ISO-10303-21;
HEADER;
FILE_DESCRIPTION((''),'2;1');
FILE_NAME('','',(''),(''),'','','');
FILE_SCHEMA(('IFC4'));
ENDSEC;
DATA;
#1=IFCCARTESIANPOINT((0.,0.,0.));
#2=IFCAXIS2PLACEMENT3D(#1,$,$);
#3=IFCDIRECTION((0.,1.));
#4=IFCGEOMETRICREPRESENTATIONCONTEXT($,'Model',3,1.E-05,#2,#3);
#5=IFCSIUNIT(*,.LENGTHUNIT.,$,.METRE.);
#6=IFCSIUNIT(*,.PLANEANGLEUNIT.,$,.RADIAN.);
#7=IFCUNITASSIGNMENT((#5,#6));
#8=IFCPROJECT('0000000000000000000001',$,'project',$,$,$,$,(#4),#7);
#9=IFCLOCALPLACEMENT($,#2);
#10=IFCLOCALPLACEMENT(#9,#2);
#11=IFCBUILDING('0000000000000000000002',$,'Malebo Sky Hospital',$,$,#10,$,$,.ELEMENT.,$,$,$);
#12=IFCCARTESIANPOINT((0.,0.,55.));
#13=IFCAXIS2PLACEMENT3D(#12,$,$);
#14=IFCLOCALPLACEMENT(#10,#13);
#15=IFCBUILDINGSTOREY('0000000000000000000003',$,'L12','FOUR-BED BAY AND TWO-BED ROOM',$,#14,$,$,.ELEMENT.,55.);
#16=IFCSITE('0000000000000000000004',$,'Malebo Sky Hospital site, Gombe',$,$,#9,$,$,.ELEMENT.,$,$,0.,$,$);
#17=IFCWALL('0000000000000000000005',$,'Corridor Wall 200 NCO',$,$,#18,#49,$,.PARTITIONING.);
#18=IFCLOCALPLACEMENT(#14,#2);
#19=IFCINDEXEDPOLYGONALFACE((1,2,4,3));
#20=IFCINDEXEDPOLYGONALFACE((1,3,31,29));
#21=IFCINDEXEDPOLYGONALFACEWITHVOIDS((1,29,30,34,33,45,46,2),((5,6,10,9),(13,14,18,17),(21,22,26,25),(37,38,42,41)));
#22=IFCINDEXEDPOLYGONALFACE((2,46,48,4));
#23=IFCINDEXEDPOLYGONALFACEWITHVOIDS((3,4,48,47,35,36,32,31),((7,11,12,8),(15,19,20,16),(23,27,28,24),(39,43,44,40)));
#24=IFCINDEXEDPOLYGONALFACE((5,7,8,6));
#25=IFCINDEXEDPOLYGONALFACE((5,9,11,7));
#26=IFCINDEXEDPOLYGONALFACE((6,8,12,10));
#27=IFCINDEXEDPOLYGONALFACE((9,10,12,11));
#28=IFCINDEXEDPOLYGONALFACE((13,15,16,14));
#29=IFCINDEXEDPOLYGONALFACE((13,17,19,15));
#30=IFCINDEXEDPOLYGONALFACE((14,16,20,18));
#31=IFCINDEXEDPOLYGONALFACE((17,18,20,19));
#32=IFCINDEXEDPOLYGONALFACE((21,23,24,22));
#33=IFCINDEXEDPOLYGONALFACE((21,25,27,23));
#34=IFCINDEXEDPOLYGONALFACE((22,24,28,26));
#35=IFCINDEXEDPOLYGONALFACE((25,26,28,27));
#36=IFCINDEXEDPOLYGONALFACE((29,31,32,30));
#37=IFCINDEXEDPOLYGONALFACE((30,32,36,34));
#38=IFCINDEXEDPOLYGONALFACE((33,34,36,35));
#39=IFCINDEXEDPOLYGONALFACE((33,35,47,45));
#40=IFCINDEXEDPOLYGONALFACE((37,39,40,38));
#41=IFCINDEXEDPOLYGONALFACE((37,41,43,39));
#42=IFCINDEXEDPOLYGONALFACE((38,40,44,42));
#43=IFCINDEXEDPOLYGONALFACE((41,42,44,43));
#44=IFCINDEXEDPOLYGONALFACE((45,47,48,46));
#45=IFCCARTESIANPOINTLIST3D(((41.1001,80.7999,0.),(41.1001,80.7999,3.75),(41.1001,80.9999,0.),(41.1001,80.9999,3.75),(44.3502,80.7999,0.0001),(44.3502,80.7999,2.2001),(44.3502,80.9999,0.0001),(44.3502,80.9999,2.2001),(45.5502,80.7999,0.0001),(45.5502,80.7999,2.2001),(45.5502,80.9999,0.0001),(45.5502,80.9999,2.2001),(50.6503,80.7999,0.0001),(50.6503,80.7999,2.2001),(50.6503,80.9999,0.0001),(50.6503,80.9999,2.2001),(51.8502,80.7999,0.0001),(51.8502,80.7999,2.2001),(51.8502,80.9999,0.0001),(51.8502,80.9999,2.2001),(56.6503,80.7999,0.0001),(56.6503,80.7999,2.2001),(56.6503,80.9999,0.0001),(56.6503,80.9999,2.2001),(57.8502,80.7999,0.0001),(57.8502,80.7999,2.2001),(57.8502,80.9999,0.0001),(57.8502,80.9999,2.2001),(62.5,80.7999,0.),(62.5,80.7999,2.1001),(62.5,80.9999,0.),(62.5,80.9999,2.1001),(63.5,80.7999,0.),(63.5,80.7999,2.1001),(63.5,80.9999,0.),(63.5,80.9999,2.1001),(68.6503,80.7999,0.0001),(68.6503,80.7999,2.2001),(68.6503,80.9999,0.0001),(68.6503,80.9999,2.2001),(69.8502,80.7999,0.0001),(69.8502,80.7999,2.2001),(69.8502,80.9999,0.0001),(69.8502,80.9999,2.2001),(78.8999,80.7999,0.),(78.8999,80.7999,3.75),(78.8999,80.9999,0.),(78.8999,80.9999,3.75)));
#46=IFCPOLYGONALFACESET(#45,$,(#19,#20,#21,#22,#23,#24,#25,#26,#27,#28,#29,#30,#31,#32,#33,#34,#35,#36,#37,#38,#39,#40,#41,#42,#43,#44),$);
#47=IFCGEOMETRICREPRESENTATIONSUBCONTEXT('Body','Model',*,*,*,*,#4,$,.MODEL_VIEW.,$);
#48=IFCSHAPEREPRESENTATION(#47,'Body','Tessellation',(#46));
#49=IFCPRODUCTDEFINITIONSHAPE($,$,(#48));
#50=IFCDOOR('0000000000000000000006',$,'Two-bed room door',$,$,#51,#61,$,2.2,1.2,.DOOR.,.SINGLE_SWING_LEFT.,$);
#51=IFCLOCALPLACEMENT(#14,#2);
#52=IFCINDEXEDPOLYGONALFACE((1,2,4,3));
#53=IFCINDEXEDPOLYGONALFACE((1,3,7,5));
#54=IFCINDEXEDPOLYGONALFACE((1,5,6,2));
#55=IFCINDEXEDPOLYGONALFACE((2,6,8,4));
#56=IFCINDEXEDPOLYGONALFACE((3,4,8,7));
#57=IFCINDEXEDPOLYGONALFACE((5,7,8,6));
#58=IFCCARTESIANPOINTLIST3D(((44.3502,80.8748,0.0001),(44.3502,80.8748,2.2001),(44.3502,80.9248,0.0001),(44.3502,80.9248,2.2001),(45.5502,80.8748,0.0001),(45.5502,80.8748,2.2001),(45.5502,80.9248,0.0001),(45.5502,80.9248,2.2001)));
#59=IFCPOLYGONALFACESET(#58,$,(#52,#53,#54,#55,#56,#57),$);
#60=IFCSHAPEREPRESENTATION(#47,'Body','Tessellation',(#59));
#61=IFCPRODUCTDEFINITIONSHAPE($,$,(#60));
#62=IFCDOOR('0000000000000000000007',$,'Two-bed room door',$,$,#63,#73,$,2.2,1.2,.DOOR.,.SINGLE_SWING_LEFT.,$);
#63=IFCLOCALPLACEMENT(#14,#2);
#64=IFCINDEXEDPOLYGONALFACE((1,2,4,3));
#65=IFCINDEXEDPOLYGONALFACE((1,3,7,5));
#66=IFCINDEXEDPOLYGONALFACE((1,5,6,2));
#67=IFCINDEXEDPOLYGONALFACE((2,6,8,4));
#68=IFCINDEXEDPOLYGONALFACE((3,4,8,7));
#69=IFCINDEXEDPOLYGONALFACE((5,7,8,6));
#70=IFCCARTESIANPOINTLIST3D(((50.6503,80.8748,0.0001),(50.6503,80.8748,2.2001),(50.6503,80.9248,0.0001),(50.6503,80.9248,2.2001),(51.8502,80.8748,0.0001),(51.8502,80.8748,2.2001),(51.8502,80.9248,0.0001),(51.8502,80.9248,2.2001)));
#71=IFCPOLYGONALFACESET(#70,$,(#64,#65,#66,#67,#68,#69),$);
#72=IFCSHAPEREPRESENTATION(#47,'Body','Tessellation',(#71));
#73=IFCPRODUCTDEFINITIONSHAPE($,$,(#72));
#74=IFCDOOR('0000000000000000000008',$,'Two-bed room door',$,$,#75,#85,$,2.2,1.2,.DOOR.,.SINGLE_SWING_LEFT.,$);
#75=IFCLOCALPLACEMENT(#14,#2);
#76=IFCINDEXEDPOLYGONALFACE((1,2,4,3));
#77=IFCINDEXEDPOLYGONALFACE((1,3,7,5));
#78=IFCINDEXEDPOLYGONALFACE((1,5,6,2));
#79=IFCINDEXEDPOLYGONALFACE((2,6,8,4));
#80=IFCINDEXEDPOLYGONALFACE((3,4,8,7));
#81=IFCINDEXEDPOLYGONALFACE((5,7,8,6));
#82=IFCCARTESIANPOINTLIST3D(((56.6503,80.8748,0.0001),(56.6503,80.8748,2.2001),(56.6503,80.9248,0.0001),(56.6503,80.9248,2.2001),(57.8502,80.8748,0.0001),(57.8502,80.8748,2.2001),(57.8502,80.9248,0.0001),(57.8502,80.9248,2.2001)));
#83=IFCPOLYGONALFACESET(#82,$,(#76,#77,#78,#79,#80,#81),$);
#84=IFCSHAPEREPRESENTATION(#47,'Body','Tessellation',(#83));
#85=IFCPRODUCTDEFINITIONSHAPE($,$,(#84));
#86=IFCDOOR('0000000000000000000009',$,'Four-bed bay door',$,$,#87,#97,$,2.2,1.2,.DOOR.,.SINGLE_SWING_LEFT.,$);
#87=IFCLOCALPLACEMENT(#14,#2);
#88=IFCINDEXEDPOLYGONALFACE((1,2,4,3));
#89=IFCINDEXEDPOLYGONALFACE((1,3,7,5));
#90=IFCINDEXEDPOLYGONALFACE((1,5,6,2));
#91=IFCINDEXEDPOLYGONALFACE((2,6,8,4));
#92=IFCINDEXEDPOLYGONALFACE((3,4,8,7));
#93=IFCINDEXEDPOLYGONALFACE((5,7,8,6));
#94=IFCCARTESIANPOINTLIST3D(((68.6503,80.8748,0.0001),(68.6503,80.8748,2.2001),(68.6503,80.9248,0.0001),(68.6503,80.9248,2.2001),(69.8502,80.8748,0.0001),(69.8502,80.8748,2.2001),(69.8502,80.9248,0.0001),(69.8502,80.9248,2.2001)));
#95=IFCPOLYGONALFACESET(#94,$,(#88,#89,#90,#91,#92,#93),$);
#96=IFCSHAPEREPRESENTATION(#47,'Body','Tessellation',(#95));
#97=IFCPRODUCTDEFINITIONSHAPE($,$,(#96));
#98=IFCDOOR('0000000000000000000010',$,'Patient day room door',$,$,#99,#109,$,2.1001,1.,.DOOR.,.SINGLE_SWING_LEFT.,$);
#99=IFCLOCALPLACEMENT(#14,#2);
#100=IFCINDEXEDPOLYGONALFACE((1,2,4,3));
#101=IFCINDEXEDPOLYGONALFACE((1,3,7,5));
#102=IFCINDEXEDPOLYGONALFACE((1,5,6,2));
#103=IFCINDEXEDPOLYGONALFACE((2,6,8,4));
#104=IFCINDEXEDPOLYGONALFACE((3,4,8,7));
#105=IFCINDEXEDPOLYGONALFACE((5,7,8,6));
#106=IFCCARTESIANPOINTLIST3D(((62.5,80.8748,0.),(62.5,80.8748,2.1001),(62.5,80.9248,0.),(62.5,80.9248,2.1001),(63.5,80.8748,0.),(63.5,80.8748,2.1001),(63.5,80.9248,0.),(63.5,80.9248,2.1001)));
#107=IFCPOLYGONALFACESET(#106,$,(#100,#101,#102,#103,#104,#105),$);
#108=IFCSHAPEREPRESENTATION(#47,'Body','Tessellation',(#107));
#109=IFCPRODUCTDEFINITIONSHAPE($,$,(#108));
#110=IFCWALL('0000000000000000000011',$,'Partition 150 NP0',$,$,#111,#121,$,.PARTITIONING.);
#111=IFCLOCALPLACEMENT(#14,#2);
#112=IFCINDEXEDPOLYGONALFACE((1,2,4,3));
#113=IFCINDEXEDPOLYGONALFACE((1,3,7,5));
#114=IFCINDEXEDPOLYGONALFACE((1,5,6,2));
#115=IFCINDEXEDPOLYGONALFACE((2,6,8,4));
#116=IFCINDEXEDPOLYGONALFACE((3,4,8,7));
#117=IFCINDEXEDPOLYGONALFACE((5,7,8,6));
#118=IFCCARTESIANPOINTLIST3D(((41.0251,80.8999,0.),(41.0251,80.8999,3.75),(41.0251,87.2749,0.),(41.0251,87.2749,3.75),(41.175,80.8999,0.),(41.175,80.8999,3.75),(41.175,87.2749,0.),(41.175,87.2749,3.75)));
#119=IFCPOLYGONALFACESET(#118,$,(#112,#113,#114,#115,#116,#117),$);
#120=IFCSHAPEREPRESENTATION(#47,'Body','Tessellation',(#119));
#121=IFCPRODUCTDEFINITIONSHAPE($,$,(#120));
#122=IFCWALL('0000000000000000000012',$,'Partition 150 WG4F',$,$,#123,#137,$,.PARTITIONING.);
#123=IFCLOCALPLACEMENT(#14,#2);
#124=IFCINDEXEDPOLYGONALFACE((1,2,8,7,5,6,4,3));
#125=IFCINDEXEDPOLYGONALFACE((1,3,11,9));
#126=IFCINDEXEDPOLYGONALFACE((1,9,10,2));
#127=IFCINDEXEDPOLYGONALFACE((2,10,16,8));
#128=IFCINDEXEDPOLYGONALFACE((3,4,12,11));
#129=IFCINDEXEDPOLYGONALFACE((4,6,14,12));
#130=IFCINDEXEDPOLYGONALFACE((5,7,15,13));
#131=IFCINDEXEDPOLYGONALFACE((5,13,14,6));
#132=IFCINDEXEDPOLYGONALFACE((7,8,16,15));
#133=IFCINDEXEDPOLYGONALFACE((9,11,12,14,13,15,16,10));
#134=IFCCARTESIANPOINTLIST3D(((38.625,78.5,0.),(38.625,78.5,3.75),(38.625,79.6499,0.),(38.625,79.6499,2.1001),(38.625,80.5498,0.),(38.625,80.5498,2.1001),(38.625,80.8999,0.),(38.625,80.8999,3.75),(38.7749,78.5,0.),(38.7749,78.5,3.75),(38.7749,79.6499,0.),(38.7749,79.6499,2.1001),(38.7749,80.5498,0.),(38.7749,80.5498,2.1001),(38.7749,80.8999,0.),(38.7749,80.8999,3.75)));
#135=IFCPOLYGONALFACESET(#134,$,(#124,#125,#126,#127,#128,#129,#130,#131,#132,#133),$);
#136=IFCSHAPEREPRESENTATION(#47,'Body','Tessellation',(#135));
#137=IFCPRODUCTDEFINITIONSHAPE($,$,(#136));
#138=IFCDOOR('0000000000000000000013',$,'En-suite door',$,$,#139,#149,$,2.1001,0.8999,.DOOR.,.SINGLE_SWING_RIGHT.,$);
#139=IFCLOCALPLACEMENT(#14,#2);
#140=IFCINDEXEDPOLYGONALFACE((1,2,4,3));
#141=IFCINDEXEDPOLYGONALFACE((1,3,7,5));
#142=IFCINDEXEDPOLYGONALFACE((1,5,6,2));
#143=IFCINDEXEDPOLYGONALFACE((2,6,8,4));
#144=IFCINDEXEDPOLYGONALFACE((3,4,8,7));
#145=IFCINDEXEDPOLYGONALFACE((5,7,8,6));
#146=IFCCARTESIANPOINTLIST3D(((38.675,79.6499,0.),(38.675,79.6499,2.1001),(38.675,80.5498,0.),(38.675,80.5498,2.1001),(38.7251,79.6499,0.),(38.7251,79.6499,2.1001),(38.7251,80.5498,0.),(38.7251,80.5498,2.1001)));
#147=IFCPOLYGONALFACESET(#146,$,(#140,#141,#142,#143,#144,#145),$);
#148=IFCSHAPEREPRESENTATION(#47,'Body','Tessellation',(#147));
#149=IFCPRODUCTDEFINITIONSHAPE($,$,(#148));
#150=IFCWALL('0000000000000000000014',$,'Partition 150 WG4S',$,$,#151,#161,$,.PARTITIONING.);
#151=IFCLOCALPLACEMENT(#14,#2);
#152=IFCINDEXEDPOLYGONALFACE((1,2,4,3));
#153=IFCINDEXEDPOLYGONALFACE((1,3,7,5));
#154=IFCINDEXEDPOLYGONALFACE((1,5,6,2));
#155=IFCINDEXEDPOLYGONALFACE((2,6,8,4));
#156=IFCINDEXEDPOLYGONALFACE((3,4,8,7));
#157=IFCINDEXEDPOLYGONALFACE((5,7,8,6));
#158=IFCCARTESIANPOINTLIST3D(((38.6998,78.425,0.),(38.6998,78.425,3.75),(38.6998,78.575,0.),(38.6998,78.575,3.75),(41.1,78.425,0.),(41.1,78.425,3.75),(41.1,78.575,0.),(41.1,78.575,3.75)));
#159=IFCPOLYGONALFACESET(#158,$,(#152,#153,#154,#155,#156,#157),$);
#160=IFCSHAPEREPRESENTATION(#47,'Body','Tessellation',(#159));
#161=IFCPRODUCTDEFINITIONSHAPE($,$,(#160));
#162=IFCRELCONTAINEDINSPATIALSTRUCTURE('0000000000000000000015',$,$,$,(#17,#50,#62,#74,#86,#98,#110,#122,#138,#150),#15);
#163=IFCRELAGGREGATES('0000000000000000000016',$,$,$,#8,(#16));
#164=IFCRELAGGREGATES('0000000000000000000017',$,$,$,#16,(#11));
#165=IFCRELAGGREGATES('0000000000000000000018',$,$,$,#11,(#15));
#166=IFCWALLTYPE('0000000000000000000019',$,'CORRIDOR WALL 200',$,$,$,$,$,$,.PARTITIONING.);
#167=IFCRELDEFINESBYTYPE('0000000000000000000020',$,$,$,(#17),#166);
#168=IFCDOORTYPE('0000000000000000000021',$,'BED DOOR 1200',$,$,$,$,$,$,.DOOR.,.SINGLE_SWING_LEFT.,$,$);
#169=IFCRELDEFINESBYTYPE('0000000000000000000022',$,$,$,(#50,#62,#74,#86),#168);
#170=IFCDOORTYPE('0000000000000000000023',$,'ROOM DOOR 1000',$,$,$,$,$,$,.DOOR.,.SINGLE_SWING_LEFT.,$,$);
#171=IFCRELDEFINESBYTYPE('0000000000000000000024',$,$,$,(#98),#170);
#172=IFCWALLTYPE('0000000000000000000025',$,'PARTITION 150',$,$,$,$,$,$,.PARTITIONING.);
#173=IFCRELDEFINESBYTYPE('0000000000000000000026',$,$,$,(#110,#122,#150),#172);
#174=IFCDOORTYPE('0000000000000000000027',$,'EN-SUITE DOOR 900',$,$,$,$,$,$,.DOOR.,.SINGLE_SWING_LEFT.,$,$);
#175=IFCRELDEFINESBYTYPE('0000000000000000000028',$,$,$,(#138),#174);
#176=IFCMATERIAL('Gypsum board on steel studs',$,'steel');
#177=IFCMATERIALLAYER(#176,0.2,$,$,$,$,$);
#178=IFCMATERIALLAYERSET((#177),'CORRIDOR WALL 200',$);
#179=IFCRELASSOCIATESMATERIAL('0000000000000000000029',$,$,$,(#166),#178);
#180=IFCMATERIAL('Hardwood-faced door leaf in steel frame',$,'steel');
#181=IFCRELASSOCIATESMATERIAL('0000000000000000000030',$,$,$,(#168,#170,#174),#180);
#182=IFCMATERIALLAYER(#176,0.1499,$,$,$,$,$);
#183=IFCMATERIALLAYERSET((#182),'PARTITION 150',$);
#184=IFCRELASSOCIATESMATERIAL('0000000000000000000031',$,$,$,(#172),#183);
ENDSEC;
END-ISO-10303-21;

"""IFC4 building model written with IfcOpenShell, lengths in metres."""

from ifc_helpers import new_model, si_unit, direction, frame, frame_2d, origin, place, context, subcontext, project, spatial, rectangle, extrude, material, layer, layer_set, type_object, element, fill, save


model = new_model("IFC4")

# Units and contexts
model_context = context("Model", 3, precision=1e-05, world=origin(), true_north=direction((0.0, 1.0)))
body_context = subcontext(model_context, "Body", "Model", "MODEL_VIEW")
ifc_project = project(units=[si_unit("LENGTHUNIT", "METRE"), si_unit("PLANEANGLEUNIT", "RADIAN")], contexts=[model_context])

# Site, building, storey
site_placement = place(None, origin())
site = spatial("IfcSite", under=ifc_project, at=site_placement, Name="Malebo Sky Hospital site, Gombe", CompositionType="ELEMENT", RefElevation=0.0)
building_placement = place(site_placement, origin())
building = spatial("IfcBuilding", under=site, at=building_placement, Name="Malebo Sky Hospital", CompositionType="ELEMENT")
storey_placement = place(building_placement, frame((0.0, 0.0, 55.0)))
storey = spatial("IfcBuildingStorey", under=building, at=storey_placement, Name="L12", Description="FOUR-BED BAY AND TWO-BED ROOM", CompositionType="ELEMENT", Elevation=55.0)

# Wall, openings, doors
ifc_material_1 = material(Name="Gypsum board on steel studs", Category="steel")
ifc_layer_1 = layer(ifc_material_1, 0.2)
ifc_layer_set_1 = layer_set([ifc_layer_1], Name="CORRIDOR WALL 200")
wall_type_1 = type_object("IfcWallType", Name="CORRIDOR WALL 200", PredefinedType="PARTITIONING", material=ifc_layer_set_1)
wall_1_placement = place(storey_placement, frame((41.1001, 80.8999, 0.0), z_axis=(0.0, 0.0, 1.0), x_axis=(1.0, 0.0, 0.0)))
wall_1 = element("IfcWall", 1, at=wall_1_placement, inside=storey, type_object=wall_type_1, Name="Corridor Wall 200 NCO", PredefinedType="PARTITIONING", context=body_context, shape_type="SweptSolid", body=[
    extrude(rectangle(XDim=37.7998, YDim=0.2, at=frame_2d((18.8999, 0.0))), origin(), (0.0, 0.0, 1.0), 3.75),
])
opening_1_placement = place(wall_1_placement, frame((3.25, 0.0, 0.0)))
opening_1 = element("IfcOpeningElement", 2, at=opening_1_placement, cuts=wall_1, PredefinedType="OPENING", context=body_context, shape_type="SweptSolid", body=[
    extrude(rectangle(XDim=1.2, YDim=2.2, at=frame_2d((0.6001, 1.1001))), frame((0.0, 0.1099, 0.0), z_axis=(0.0, -1.0, 0.0), x_axis=(1.0, 0.0, 0.0)), (0.0, 0.0, 1.0), 0.22),
])
opening_2_placement = place(wall_1_placement, frame((9.55, 0.0, 0.0)))
opening_2 = element("IfcOpeningElement", 3, at=opening_2_placement, cuts=wall_1, PredefinedType="OPENING", context=body_context, shape_type="SweptSolid", body=[
    extrude(rectangle(XDim=1.2, YDim=2.2, at=frame_2d((0.6001, 1.1001))), frame((0.0, 0.1099, 0.0), z_axis=(0.0, -1.0, 0.0), x_axis=(1.0, 0.0, 0.0)), (0.0, 0.0, 1.0), 0.22),
])
opening_3_placement = place(wall_1_placement, frame((15.55, 0.0, 0.0)))
opening_3 = element("IfcOpeningElement", 4, at=opening_3_placement, cuts=wall_1, PredefinedType="OPENING", context=body_context, shape_type="SweptSolid", body=[
    extrude(rectangle(XDim=1.2, YDim=2.2, at=frame_2d((0.6001, 1.1001))), frame((0.0, 0.1099, 0.0), z_axis=(0.0, -1.0, 0.0), x_axis=(1.0, 0.0, 0.0)), (0.0, 0.0, 1.0), 0.22),
])
opening_4_placement = place(wall_1_placement, frame((21.3999, 0.0, 0.0)))
opening_4 = element("IfcOpeningElement", 5, at=opening_4_placement, cuts=wall_1, PredefinedType="OPENING", context=body_context, shape_type="SweptSolid", body=[
    extrude(rectangle(XDim=1.0, YDim=2.1001, at=frame_2d((0.5, 1.05))), frame((0.0, 0.1099, 0.0), z_axis=(0.0, -1.0, 0.0), x_axis=(1.0, 0.0, 0.0)), (0.0, 0.0, 1.0), 0.22),
])
opening_5_placement = place(wall_1_placement, frame((27.55, 0.0, 0.0)))
opening_5 = element("IfcOpeningElement", 6, at=opening_5_placement, cuts=wall_1, PredefinedType="OPENING", context=body_context, shape_type="SweptSolid", body=[
    extrude(rectangle(XDim=1.2, YDim=2.2, at=frame_2d((0.6001, 1.1001))), frame((0.0, 0.1099, 0.0), z_axis=(0.0, -1.0, 0.0), x_axis=(1.0, 0.0, 0.0)), (0.0, 0.0, 1.0), 0.22),
])
ifc_material_2 = material(Name="Hardwood-faced door leaf in steel frame", Category="steel")
door_type_1 = type_object("IfcDoorType", Name="BED DOOR 1200", OperationType="SINGLE_SWING_LEFT", PredefinedType="DOOR", material=ifc_material_2)
door_1_placement = place(opening_1_placement, origin())
door_1 = element("IfcDoor", 7, at=door_1_placement, inside=storey, type_object=door_type_1, Name="Two-bed room door", OperationType="SINGLE_SWING_LEFT", OverallHeight=2.2, OverallWidth=1.2, PredefinedType="DOOR", context=body_context, shape_type="SweptSolid", body=[
    extrude(rectangle(XDim=1.2, YDim=2.2, at=frame_2d((0.6001, 1.1001))), frame((0.0, 0.0249, 0.0), z_axis=(0.0, -1.0, 0.0), x_axis=(1.0, 0.0, 0.0)), (0.0, 0.0, 1.0), 0.05),
])
fill(opening_1, door_1)
door_2_placement = place(opening_2_placement, origin())
door_2 = element("IfcDoor", 8, at=door_2_placement, inside=storey, type_object=door_type_1, Name="Two-bed room door", OperationType="SINGLE_SWING_LEFT", OverallHeight=2.2, OverallWidth=1.2, PredefinedType="DOOR", context=body_context, shape_type="SweptSolid", body=[
    extrude(rectangle(XDim=1.2, YDim=2.2, at=frame_2d((0.6001, 1.1001))), frame((0.0, 0.0249, 0.0), z_axis=(0.0, -1.0, 0.0), x_axis=(1.0, 0.0, 0.0)), (0.0, 0.0, 1.0), 0.05),
])
fill(opening_2, door_2)
door_3_placement = place(opening_3_placement, origin())
door_3 = element("IfcDoor", 9, at=door_3_placement, inside=storey, type_object=door_type_1, Name="Two-bed room door", OperationType="SINGLE_SWING_LEFT", OverallHeight=2.2, OverallWidth=1.2, PredefinedType="DOOR", context=body_context, shape_type="SweptSolid", body=[
    extrude(rectangle(XDim=1.2, YDim=2.2, at=frame_2d((0.6001, 1.1001))), frame((0.0, 0.0249, 0.0), z_axis=(0.0, -1.0, 0.0), x_axis=(1.0, 0.0, 0.0)), (0.0, 0.0, 1.0), 0.05),
])
fill(opening_3, door_3)
door_4_placement = place(opening_5_placement, origin())
door_4 = element("IfcDoor", 10, at=door_4_placement, inside=storey, type_object=door_type_1, Name="Four-bed bay door", OperationType="SINGLE_SWING_LEFT", OverallHeight=2.2, OverallWidth=1.2, PredefinedType="DOOR", context=body_context, shape_type="SweptSolid", body=[
    extrude(rectangle(XDim=1.2, YDim=2.2, at=frame_2d((0.6001, 1.1001))), frame((0.0, 0.0249, 0.0), z_axis=(0.0, -1.0, 0.0), x_axis=(1.0, 0.0, 0.0)), (0.0, 0.0, 1.0), 0.05),
])
fill(opening_5, door_4)
door_type_2 = type_object("IfcDoorType", Name="ROOM DOOR 1000", OperationType="SINGLE_SWING_LEFT", PredefinedType="DOOR", material=ifc_material_2)
door_5_placement = place(opening_4_placement, origin())
door_5 = element("IfcDoor", 11, at=door_5_placement, inside=storey, type_object=door_type_2, Name="Patient day room door", OperationType="SINGLE_SWING_LEFT", OverallHeight=2.1001, OverallWidth=1.0, PredefinedType="DOOR", context=body_context, shape_type="SweptSolid", body=[
    extrude(rectangle(XDim=1.0, YDim=2.1001, at=frame_2d((0.5, 1.05))), frame((0.0, 0.0249, 0.0), z_axis=(0.0, -1.0, 0.0), x_axis=(1.0, 0.0, 0.0)), (0.0, 0.0, 1.0), 0.05),
])
fill(opening_4, door_5)

# Wall
ifc_layer_2 = layer(ifc_material_1, 0.1499)
ifc_layer_set_2 = layer_set([ifc_layer_2], Name="PARTITION 150")
wall_type_2 = type_object("IfcWallType", Name="PARTITION 150", PredefinedType="PARTITIONING", material=ifc_layer_set_2)
wall_2_placement = place(storey_placement, frame((41.1001, 80.8999, 0.0), z_axis=(0.0, 0.0, 1.0), x_axis=(0.0, 1.0, 0.0)))
element("IfcWall", 12, at=wall_2_placement, inside=storey, type_object=wall_type_2, Name="Partition 150 NP0", PredefinedType="PARTITIONING", context=body_context, shape_type="SweptSolid", body=[
    extrude(rectangle(XDim=6.375, YDim=0.1499, at=frame_2d((3.1875, 0.0))), origin(), (0.0, 0.0, 1.0), 3.75),
])

# Wall, opening, door
wall_3_placement = place(storey_placement, frame((38.7, 78.5, 0.0), z_axis=(0.0, 0.0, 1.0), x_axis=(0.0, 1.0, 0.0)))
wall_3 = element("IfcWall", 13, at=wall_3_placement, inside=storey, type_object=wall_type_2, Name="Partition 150 WG4F", PredefinedType="PARTITIONING", context=body_context, shape_type="SweptSolid", body=[
    extrude(rectangle(XDim=2.3999, YDim=0.1499, at=frame_2d((1.2, 0.0))), origin(), (0.0, 0.0, 1.0), 3.75),
])
opening_6_placement = place(wall_3_placement, frame((1.1499, 0.0, 0.0)))
opening_6 = element("IfcOpeningElement", 14, at=opening_6_placement, cuts=wall_3, PredefinedType="OPENING", context=body_context, shape_type="SweptSolid", body=[
    extrude(rectangle(XDim=0.8999, YDim=2.1001, at=frame_2d((0.45, 1.05))), frame((0.0, 0.085, 0.0), z_axis=(0.0, -1.0, 0.0), x_axis=(1.0, 0.0, 0.0)), (0.0, 0.0, 1.0), 0.1699),
])
door_type_3 = type_object("IfcDoorType", Name="EN-SUITE DOOR 900", OperationType="SINGLE_SWING_LEFT", PredefinedType="DOOR", material=ifc_material_2)
door_6_placement = place(opening_6_placement, origin())
door_6 = element("IfcDoor", 15, at=door_6_placement, inside=storey, type_object=door_type_3, Name="En-suite door", OperationType="SINGLE_SWING_RIGHT", OverallHeight=2.1001, OverallWidth=0.8999, PredefinedType="DOOR", context=body_context, shape_type="SweptSolid", body=[
    extrude(rectangle(XDim=0.8999, YDim=2.1001, at=frame_2d((0.45, 1.05))), frame((0.0, 0.0249, 0.0), z_axis=(0.0, -1.0, 0.0), x_axis=(1.0, 0.0, 0.0)), (0.0, 0.0, 1.0), 0.05),
])
fill(opening_6, door_6)

# Wall
for number, where, z_axis, x_axis, name in (
    (16, (41.1001, 78.5, 0.0), (0.0, 0.0, 1.0), (-1.0, 0.0, 0.0), "Partition 150 WG4S"),
):
    element("IfcWall", number, at=place(storey_placement, frame(where, z_axis=z_axis, x_axis=x_axis)), inside=storey, type_object=wall_type_2, Name=name, PredefinedType="PARTITIONING", context=body_context, shape_type="SweptSolid", body=[
        extrude(rectangle(XDim=2.4001, YDim=0.1499, at=frame_2d((1.2002, 0.0))), origin(), (0.0, 0.0, 1.0), 3.75),
    ])

save(model, "model.ifc")
